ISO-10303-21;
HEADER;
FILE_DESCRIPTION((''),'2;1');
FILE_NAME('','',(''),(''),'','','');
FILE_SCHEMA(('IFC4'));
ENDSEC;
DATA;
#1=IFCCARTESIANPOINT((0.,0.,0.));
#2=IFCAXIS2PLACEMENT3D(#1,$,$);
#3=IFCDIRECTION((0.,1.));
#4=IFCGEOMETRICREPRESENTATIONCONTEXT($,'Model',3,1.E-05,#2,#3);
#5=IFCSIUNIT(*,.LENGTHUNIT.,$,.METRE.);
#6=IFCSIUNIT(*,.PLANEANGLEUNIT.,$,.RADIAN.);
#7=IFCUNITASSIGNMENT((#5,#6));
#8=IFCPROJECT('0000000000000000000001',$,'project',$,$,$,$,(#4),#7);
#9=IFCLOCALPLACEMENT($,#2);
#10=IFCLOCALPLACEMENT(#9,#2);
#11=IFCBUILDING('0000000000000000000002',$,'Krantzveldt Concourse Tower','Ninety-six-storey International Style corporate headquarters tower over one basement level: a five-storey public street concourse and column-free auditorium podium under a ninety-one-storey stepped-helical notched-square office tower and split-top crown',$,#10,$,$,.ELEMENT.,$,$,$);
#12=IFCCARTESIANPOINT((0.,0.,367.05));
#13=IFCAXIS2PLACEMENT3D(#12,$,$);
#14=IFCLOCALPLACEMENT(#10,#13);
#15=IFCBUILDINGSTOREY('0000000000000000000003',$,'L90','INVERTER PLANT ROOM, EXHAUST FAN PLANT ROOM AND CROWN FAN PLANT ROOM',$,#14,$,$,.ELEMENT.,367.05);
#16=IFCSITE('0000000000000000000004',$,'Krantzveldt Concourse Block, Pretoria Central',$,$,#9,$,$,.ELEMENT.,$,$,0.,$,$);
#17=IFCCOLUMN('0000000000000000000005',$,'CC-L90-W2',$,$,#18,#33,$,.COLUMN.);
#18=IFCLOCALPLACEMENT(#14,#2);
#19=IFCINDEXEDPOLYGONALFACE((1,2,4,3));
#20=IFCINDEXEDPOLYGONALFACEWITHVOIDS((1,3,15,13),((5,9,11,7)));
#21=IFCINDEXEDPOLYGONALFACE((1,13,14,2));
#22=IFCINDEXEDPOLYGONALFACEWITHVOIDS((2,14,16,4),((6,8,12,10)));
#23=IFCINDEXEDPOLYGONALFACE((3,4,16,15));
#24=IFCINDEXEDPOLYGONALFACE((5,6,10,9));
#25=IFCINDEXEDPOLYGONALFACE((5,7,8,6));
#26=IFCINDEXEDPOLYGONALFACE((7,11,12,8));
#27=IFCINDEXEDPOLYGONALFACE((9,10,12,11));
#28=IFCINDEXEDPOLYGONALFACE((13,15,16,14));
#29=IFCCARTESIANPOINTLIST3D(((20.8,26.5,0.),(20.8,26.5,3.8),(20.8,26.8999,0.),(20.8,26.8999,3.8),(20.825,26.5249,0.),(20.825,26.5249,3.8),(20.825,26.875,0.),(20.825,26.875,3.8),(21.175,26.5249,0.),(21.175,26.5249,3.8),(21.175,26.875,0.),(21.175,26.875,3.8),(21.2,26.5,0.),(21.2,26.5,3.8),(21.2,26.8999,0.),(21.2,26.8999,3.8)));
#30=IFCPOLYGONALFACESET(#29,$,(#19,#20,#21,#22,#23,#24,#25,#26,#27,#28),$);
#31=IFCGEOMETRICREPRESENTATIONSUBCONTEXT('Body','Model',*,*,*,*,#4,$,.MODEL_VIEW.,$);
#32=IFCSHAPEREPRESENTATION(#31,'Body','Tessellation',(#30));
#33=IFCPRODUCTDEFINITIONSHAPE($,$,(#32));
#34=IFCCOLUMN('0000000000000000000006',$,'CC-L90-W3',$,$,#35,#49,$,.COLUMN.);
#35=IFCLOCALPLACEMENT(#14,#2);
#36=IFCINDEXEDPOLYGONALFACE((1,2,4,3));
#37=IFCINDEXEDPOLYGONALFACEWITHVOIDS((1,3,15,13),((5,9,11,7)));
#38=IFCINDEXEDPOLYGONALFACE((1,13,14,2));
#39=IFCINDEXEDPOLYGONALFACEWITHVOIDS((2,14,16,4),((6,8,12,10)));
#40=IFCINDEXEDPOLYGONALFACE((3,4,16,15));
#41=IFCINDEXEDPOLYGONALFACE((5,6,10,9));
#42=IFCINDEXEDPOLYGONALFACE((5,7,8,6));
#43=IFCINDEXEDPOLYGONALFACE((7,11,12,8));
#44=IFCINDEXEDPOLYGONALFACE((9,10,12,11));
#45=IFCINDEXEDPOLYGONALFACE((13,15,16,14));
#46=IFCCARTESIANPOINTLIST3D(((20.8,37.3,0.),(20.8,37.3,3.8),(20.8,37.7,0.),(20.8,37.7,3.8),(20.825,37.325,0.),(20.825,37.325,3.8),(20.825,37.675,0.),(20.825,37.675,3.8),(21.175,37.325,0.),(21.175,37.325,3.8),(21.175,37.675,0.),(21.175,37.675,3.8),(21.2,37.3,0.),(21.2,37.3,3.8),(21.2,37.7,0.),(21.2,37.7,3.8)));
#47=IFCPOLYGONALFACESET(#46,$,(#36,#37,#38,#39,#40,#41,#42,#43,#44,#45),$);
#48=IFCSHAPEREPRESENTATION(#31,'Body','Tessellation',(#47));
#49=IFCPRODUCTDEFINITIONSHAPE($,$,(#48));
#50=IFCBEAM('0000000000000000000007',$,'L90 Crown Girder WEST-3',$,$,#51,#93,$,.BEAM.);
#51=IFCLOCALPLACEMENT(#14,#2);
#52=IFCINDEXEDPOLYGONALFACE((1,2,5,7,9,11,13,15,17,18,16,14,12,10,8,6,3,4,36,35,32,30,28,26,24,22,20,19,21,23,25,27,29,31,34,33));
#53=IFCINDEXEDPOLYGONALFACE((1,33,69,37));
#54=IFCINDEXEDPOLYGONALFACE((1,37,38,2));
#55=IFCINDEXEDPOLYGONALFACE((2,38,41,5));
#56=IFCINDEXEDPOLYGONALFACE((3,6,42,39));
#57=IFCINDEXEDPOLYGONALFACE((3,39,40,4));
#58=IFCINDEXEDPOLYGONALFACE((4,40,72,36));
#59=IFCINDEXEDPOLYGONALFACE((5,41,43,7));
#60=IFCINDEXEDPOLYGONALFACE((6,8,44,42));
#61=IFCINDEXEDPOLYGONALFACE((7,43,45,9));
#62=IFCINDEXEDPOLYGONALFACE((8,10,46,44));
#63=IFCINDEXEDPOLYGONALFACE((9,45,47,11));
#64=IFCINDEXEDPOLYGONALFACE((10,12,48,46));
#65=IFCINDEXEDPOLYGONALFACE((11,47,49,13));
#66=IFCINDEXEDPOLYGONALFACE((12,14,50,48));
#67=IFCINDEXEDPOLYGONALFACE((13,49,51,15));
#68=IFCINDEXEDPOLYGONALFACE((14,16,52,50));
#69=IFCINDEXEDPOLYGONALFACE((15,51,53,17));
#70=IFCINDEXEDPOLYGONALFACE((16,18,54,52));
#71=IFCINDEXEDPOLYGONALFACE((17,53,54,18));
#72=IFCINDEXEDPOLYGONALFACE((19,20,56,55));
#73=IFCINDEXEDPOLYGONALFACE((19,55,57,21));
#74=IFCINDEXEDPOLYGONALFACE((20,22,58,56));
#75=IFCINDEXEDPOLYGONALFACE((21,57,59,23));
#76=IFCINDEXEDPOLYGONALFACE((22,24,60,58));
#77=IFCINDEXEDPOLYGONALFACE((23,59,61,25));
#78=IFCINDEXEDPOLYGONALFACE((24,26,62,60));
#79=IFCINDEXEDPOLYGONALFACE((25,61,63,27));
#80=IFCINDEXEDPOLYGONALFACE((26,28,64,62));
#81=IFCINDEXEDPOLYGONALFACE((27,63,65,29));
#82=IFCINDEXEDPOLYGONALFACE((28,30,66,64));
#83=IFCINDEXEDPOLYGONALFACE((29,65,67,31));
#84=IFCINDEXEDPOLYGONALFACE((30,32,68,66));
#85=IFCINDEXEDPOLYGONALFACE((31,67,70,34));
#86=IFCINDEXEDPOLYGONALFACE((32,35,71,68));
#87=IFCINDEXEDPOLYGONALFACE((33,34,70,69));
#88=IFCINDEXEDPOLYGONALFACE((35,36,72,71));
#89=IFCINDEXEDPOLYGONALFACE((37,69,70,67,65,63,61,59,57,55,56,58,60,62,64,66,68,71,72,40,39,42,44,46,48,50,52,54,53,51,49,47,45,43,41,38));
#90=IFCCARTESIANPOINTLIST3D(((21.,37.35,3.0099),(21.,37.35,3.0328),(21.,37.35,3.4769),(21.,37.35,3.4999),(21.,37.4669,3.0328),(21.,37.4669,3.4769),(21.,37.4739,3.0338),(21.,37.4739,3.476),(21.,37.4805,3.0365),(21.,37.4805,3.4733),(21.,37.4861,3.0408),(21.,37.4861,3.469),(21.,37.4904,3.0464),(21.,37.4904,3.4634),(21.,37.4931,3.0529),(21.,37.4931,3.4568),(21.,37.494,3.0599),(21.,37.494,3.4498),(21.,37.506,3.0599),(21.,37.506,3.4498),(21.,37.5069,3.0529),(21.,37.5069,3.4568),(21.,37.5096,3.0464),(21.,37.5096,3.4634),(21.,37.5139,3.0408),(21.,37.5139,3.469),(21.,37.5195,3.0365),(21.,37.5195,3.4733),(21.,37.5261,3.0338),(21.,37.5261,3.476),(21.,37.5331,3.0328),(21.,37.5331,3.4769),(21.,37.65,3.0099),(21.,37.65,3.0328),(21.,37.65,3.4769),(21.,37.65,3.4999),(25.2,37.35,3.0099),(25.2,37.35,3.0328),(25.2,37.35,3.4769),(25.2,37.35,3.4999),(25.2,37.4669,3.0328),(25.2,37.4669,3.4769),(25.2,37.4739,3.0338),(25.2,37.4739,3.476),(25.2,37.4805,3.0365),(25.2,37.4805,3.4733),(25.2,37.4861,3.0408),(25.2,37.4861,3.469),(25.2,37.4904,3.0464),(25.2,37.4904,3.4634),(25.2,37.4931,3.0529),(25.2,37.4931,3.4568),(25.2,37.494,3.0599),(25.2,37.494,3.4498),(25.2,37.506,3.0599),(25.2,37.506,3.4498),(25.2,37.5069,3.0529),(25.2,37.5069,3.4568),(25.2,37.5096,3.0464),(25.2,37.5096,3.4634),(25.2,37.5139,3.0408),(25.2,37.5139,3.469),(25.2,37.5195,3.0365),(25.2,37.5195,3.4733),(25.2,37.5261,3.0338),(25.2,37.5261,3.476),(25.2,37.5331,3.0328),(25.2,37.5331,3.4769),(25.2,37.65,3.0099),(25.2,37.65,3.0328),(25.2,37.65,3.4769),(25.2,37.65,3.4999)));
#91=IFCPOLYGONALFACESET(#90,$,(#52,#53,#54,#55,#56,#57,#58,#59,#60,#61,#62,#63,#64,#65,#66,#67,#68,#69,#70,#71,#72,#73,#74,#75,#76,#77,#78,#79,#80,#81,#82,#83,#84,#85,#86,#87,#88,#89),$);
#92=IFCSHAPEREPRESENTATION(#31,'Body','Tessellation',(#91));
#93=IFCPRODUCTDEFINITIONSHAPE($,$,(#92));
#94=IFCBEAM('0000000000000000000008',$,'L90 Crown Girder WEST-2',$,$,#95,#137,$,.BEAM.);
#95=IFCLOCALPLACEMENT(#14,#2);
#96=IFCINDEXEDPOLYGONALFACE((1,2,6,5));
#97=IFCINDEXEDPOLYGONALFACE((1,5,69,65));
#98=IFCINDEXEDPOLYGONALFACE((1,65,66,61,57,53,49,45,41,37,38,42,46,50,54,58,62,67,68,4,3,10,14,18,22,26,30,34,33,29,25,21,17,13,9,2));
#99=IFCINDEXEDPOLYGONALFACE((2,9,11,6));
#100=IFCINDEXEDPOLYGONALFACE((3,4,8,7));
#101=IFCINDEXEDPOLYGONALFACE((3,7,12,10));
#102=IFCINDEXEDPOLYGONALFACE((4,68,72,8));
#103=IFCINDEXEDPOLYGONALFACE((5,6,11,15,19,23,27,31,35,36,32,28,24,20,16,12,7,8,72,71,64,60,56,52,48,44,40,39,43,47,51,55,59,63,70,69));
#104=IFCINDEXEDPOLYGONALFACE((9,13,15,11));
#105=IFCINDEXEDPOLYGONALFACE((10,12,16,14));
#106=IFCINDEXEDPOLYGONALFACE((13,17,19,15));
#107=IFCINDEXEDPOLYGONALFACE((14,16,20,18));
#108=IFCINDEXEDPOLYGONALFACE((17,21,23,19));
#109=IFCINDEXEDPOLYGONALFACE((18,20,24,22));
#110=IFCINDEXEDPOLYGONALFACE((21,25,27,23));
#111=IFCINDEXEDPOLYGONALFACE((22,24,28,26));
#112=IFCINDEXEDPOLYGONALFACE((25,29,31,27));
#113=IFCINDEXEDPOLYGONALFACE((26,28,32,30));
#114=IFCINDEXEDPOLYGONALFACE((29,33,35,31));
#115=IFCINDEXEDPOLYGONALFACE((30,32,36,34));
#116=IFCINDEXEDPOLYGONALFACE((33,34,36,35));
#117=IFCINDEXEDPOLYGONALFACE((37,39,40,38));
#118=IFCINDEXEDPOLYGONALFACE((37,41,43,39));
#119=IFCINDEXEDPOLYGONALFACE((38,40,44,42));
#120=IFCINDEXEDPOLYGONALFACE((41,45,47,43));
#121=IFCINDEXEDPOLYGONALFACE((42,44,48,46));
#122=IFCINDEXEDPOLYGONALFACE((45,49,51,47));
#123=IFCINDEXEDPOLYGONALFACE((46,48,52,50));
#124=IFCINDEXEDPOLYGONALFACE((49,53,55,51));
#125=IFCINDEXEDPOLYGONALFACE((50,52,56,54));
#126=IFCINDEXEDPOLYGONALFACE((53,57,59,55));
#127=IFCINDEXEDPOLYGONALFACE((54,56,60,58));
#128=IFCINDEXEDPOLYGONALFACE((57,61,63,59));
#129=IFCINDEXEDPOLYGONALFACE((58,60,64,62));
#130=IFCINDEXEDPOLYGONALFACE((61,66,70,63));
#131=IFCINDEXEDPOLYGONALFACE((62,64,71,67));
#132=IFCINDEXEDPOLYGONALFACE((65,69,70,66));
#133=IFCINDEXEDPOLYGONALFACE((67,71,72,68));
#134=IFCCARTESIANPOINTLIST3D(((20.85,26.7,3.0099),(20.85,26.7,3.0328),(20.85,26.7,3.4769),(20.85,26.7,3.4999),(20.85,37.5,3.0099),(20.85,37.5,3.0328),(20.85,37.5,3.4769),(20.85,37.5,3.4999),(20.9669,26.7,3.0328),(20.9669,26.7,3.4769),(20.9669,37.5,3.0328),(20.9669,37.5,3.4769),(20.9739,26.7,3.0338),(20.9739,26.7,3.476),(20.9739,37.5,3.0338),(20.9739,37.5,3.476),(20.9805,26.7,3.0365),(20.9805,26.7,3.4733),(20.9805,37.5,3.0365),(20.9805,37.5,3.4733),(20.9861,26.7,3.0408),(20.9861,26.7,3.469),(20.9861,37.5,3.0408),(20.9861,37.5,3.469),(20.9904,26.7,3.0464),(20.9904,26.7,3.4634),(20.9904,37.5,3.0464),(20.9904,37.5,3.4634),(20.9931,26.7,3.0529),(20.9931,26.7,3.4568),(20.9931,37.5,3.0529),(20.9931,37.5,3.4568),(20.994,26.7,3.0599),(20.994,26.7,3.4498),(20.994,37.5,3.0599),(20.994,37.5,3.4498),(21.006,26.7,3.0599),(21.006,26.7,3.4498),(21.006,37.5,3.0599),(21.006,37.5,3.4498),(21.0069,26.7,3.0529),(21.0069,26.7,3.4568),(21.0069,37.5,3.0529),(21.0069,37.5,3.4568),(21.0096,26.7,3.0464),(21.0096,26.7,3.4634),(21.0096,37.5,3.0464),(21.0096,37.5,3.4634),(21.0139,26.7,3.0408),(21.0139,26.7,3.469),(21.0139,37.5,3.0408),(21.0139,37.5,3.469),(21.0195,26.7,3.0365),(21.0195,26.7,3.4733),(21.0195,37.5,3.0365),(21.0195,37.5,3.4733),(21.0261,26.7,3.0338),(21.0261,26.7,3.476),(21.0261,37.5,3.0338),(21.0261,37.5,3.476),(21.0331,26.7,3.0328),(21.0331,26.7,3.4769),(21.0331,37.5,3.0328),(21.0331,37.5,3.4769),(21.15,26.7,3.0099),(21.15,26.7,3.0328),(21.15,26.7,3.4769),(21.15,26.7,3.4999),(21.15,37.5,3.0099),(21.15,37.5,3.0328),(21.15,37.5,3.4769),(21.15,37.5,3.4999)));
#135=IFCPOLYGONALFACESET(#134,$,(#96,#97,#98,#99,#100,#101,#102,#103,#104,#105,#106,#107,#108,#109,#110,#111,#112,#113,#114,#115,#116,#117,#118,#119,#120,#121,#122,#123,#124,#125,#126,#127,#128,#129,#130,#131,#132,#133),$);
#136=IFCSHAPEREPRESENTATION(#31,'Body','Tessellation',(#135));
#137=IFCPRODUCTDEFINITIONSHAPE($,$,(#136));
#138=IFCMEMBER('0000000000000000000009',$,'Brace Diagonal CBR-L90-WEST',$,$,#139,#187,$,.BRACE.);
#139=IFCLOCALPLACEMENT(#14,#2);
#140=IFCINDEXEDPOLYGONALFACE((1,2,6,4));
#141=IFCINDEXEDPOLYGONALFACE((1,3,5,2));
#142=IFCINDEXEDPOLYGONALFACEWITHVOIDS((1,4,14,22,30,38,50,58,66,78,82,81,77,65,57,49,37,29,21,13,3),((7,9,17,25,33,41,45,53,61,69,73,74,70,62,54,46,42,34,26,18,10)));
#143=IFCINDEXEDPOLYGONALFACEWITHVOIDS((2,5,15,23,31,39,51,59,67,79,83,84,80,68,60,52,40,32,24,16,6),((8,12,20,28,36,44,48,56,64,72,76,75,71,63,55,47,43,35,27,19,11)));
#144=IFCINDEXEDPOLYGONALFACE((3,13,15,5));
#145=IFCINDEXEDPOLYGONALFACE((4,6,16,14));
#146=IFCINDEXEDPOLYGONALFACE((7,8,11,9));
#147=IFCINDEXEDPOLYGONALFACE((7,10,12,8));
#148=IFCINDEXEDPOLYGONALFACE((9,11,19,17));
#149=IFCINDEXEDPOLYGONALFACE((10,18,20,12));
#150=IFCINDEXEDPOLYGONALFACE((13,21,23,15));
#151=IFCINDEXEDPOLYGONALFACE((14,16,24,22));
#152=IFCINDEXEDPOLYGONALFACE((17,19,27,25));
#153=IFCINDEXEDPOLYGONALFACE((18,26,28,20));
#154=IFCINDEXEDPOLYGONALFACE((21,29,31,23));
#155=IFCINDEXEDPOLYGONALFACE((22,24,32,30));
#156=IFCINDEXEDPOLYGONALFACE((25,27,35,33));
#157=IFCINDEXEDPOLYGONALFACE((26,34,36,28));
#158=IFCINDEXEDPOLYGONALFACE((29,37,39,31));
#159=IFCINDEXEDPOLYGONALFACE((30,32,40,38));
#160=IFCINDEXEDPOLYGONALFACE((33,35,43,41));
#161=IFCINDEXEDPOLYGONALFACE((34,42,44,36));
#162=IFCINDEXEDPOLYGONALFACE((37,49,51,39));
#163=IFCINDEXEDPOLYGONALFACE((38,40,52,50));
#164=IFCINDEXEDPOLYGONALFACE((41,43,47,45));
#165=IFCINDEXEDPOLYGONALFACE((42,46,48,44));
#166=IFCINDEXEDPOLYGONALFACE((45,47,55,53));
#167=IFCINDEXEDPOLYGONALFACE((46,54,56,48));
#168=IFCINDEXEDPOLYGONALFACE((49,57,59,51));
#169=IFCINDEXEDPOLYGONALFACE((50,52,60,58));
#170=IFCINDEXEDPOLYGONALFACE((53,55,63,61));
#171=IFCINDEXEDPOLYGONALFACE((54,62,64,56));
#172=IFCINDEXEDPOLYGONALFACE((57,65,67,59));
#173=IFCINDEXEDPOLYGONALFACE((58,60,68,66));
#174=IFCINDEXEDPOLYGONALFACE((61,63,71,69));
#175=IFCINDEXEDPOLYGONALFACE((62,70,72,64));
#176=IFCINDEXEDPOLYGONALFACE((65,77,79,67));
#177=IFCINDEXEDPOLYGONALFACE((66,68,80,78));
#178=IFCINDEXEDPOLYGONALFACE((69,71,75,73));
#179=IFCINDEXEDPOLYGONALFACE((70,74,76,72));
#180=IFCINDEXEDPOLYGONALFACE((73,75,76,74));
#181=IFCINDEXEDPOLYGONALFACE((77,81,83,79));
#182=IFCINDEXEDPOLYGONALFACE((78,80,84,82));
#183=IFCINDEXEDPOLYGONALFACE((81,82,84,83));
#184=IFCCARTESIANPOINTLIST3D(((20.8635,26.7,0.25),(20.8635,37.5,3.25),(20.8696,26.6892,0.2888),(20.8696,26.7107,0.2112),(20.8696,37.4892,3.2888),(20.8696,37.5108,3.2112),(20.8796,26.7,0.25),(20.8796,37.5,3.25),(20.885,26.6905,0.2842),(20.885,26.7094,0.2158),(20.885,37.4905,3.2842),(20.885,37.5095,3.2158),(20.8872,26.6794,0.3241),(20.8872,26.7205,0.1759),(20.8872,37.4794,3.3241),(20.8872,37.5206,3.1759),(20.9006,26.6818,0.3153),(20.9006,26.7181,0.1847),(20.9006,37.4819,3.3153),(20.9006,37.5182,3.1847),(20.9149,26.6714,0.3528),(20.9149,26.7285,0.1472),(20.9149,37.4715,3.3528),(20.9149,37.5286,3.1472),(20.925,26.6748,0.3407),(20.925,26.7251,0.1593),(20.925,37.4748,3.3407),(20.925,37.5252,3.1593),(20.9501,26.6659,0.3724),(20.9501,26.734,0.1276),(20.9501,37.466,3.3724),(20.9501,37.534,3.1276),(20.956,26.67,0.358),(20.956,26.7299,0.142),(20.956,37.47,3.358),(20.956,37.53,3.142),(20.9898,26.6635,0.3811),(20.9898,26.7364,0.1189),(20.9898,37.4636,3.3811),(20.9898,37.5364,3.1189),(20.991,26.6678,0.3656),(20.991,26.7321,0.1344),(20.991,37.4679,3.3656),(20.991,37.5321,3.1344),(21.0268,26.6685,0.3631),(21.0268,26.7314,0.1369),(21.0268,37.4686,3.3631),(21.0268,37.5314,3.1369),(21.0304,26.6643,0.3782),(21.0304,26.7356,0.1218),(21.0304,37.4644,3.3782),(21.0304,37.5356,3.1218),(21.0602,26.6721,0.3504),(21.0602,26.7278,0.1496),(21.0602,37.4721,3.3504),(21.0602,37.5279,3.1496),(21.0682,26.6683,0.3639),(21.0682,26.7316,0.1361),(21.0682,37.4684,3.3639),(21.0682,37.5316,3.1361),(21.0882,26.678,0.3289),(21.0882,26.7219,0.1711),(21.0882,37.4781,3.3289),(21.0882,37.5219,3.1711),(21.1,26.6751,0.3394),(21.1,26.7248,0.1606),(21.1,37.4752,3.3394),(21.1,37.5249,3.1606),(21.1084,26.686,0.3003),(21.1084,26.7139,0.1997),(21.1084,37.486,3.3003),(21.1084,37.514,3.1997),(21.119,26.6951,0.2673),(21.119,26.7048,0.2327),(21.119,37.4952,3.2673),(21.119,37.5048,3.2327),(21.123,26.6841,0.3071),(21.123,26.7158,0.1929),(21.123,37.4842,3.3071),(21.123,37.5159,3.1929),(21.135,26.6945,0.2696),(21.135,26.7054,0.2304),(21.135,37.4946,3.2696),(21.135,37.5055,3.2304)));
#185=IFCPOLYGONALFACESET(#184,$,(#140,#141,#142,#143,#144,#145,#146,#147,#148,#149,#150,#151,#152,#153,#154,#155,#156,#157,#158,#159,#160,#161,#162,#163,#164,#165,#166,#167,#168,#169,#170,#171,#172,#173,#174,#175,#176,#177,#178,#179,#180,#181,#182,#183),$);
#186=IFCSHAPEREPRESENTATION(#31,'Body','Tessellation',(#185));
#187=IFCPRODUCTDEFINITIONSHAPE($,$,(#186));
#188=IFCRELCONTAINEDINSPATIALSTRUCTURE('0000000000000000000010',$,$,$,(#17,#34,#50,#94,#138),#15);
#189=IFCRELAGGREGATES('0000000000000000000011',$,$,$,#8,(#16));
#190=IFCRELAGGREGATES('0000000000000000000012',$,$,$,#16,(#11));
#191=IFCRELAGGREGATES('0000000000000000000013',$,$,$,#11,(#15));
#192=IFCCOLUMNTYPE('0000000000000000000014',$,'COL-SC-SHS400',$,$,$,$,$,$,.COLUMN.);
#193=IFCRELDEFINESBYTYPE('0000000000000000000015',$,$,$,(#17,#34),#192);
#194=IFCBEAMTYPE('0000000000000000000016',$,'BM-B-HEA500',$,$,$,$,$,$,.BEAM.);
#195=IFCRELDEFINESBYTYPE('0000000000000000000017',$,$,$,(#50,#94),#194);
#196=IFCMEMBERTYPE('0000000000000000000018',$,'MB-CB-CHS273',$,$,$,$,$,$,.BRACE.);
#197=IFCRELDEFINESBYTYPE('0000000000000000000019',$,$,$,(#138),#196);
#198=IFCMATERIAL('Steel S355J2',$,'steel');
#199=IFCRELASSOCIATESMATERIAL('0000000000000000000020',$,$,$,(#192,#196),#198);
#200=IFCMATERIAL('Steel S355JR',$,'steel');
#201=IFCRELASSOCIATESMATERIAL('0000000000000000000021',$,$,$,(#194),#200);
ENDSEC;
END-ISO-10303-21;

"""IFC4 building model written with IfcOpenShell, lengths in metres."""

from ifc_helpers import new_model, si_unit, direction, frame, origin, origin_2d, place, context, subcontext, project, spatial, hollow_rectangle, hollow_circle, i_section, extrude, source, transform, mapped, material, material_profile, profile_set, type_object, type_shapes, element, save


model = new_model("IFC4")

# Units and contexts
model_context = context("Model", 3, precision=1e-05, world=origin(), true_north=direction((0.0, 1.0)))
body_context = subcontext(model_context, "Body", "Model", "MODEL_VIEW")
ifc_project = project(units=[si_unit("LENGTHUNIT", "METRE"), si_unit("PLANEANGLEUNIT", "RADIAN")], contexts=[model_context])

# Site, building, storey
site_placement = place(None, origin())
site = spatial("IfcSite", under=ifc_project, at=site_placement, Name="Krantzveldt Concourse Block, Pretoria Central", CompositionType="ELEMENT", RefElevation=0.0)
building_placement = place(site_placement, origin())
building = spatial("IfcBuilding", under=site, at=building_placement, Name="Krantzveldt Concourse Tower", Description="Ninety-six-storey International Style corporate headquarters tower over one basement level: a five-storey public street concourse and column-free auditorium podium under a ninety-one-storey stepped-helical notched-square office tower and split-top crown", CompositionType="ELEMENT")
storey_placement = place(building_placement, frame((0.0, 0.0, 367.05)))
storey = spatial("IfcBuildingStorey", under=building, at=storey_placement, Name="L90", Description="INVERTER PLANT ROOM, EXHAUST FAN PLANT ROOM AND CROWN FAN PLANT ROOM", CompositionType="ELEMENT", Elevation=367.05)

# Columns
ifc_material_1 = material(Name="Steel S355J2", Category="steel")
ifc_material_profile_1 = material_profile(ifc_material_1, hollow_rectangle(XDim=0.3999, YDim=0.3999, WallThickness=0.0249, at=origin_2d()), Name="Steel S355J2", Category="steel")
ifc_profile_set_1 = profile_set([ifc_material_profile_1], Name="Steel S355J2 - SHS 400x400x25")
column_type = type_object("IfcColumnType", Name="COL-SC-SHS400", PredefinedType="COLUMN", material=ifc_profile_set_1)
shared_shape_1 = source(origin(), body_context, "Body", "SweptSolid", [
    extrude(hollow_rectangle(XDim=0.3999, YDim=0.3999, WallThickness=0.0249, at=origin_2d()), origin(), (0.0, 0.0, 1.0), 3.8),
])
type_shapes(column_type, [shared_shape_1])
for number, where, z_axis, x_axis, name in (
    (1, (21.0, 26.7, 0.0), (0.0, 0.0, 1.0), (1.0, 0.0, 0.0), "CC-L90-W2"),
    (2, (21.0, 37.5, 0.0), (0.0, 0.0, 1.0), (1.0, 0.0, 0.0), "CC-L90-W3"),
):
    element("IfcColumn", number, at=place(storey_placement, frame(where, z_axis=z_axis, x_axis=x_axis)), inside=storey, type_object=column_type, Name=name, PredefinedType="COLUMN", context=body_context, shape_type="MappedRepresentation", body=[
        mapped(shared_shape_1, transform((0.0, 0.0, 0.0), x_axis=(1.0, 0.0, 0.0), y_axis=(0.0, 1.0, 0.0), z_axis=(0.0, 0.0, 1.0), scale=1.0)),
    ])

# Beams
ifc_material_2 = material(Name="Steel S355JR", Category="steel")
ifc_material_profile_2 = material_profile(ifc_material_2, i_section(OverallWidth=0.3, OverallDepth=0.49, WebThickness=0.012, FlangeThickness=0.0229, FilletRadius=0.0271, at=origin_2d()), Name="Steel S355JR", Category="steel")
ifc_profile_set_2 = profile_set([ifc_material_profile_2], Name="Steel S355JR - HEA 500")
beam_type = type_object("IfcBeamType", Name="BM-B-HEA500", PredefinedType="BEAM", material=ifc_profile_set_2)
shared_shape_2 = source(origin(), body_context, "Body", "SweptSolid", [
    extrude(i_section(OverallWidth=0.3, OverallDepth=0.49, WebThickness=0.012, FlangeThickness=0.0229, FilletRadius=0.0271, at=origin_2d()), origin(), (0.0, 0.0, 1.0), 4.2),
])
beam_1_placement = place(storey_placement, frame((21.0, 37.5, 3.2549), z_axis=(1.0, 0.0, 0.0), x_axis=(0.0, 1.0, 0.0)))
element("IfcBeam", 3, at=beam_1_placement, inside=storey, type_object=beam_type, Name="L90 Crown Girder WEST-3", PredefinedType="BEAM", context=body_context, shape_type="MappedRepresentation", body=[
    mapped(shared_shape_2, transform((0.0, 0.0, 0.0), x_axis=(1.0, 0.0, 0.0), y_axis=(0.0, 1.0, 0.0), z_axis=(0.0, 0.0, 1.0), scale=1.0)),
])
shared_shape_3 = source(origin(), body_context, "Body", "SweptSolid", [
    extrude(i_section(OverallWidth=0.3, OverallDepth=0.49, WebThickness=0.012, FlangeThickness=0.0229, FilletRadius=0.0271, at=origin_2d()), origin(), (0.0, 0.0, 1.0), 10.8),
])
type_shapes(beam_type, [shared_shape_2, shared_shape_3])
beam_2_placement = place(storey_placement, frame((21.0, 26.7, 3.2549), z_axis=(0.0, 1.0, 0.0), x_axis=(-1.0, 0.0, 0.0)))
element("IfcBeam", 4, at=beam_2_placement, inside=storey, type_object=beam_type, Name="L90 Crown Girder WEST-2", PredefinedType="BEAM", context=body_context, shape_type="MappedRepresentation", body=[
    mapped(shared_shape_3, transform((0.0, 0.0, 0.0), x_axis=(1.0, 0.0, 0.0), y_axis=(0.0, 1.0, 0.0), z_axis=(0.0, 0.0, 1.0), scale=1.0)),
])

# Member
ifc_material_profile_3 = material_profile(ifc_material_1, hollow_circle(Radius=0.1365, WallThickness=0.0161, at=origin_2d()), Name="Steel S355J2", Category="steel")
ifc_profile_set_3 = profile_set([ifc_material_profile_3], Name="Steel S355J2 - CHS 273x16")
member_type_1 = type_object("IfcMemberType", Name="MB-CB-CHS273", PredefinedType="BRACE", material=ifc_profile_set_3)
shared_shape_4 = source(origin(), body_context, "Body", "SweptSolid", [
    extrude(hollow_circle(Radius=0.1365, WallThickness=0.0161, at=origin_2d()), origin(), (0.0, 0.0, 1.0), 11.209),
])
type_shapes(member_type_1, [shared_shape_4])
member_1_placement = place(storey_placement, frame((21.0, 26.7, 0.25), z_axis=(0.0, 0.963518, 0.267643), x_axis=(-1.0, 0.0, 0.0)))
element("IfcMember", 5, at=member_1_placement, inside=storey, type_object=member_type_1, Name="Brace Diagonal CBR-L90-WEST", PredefinedType="BRACE", context=body_context, shape_type="MappedRepresentation", body=[
    mapped(shared_shape_4, transform((0.0, 0.0, 0.0), x_axis=(1.0, 0.0, 0.0), y_axis=(0.0, 1.0, 0.0), z_axis=(0.0, 0.0, 1.0), scale=1.0)),
])

save(model, "model.ifc")
